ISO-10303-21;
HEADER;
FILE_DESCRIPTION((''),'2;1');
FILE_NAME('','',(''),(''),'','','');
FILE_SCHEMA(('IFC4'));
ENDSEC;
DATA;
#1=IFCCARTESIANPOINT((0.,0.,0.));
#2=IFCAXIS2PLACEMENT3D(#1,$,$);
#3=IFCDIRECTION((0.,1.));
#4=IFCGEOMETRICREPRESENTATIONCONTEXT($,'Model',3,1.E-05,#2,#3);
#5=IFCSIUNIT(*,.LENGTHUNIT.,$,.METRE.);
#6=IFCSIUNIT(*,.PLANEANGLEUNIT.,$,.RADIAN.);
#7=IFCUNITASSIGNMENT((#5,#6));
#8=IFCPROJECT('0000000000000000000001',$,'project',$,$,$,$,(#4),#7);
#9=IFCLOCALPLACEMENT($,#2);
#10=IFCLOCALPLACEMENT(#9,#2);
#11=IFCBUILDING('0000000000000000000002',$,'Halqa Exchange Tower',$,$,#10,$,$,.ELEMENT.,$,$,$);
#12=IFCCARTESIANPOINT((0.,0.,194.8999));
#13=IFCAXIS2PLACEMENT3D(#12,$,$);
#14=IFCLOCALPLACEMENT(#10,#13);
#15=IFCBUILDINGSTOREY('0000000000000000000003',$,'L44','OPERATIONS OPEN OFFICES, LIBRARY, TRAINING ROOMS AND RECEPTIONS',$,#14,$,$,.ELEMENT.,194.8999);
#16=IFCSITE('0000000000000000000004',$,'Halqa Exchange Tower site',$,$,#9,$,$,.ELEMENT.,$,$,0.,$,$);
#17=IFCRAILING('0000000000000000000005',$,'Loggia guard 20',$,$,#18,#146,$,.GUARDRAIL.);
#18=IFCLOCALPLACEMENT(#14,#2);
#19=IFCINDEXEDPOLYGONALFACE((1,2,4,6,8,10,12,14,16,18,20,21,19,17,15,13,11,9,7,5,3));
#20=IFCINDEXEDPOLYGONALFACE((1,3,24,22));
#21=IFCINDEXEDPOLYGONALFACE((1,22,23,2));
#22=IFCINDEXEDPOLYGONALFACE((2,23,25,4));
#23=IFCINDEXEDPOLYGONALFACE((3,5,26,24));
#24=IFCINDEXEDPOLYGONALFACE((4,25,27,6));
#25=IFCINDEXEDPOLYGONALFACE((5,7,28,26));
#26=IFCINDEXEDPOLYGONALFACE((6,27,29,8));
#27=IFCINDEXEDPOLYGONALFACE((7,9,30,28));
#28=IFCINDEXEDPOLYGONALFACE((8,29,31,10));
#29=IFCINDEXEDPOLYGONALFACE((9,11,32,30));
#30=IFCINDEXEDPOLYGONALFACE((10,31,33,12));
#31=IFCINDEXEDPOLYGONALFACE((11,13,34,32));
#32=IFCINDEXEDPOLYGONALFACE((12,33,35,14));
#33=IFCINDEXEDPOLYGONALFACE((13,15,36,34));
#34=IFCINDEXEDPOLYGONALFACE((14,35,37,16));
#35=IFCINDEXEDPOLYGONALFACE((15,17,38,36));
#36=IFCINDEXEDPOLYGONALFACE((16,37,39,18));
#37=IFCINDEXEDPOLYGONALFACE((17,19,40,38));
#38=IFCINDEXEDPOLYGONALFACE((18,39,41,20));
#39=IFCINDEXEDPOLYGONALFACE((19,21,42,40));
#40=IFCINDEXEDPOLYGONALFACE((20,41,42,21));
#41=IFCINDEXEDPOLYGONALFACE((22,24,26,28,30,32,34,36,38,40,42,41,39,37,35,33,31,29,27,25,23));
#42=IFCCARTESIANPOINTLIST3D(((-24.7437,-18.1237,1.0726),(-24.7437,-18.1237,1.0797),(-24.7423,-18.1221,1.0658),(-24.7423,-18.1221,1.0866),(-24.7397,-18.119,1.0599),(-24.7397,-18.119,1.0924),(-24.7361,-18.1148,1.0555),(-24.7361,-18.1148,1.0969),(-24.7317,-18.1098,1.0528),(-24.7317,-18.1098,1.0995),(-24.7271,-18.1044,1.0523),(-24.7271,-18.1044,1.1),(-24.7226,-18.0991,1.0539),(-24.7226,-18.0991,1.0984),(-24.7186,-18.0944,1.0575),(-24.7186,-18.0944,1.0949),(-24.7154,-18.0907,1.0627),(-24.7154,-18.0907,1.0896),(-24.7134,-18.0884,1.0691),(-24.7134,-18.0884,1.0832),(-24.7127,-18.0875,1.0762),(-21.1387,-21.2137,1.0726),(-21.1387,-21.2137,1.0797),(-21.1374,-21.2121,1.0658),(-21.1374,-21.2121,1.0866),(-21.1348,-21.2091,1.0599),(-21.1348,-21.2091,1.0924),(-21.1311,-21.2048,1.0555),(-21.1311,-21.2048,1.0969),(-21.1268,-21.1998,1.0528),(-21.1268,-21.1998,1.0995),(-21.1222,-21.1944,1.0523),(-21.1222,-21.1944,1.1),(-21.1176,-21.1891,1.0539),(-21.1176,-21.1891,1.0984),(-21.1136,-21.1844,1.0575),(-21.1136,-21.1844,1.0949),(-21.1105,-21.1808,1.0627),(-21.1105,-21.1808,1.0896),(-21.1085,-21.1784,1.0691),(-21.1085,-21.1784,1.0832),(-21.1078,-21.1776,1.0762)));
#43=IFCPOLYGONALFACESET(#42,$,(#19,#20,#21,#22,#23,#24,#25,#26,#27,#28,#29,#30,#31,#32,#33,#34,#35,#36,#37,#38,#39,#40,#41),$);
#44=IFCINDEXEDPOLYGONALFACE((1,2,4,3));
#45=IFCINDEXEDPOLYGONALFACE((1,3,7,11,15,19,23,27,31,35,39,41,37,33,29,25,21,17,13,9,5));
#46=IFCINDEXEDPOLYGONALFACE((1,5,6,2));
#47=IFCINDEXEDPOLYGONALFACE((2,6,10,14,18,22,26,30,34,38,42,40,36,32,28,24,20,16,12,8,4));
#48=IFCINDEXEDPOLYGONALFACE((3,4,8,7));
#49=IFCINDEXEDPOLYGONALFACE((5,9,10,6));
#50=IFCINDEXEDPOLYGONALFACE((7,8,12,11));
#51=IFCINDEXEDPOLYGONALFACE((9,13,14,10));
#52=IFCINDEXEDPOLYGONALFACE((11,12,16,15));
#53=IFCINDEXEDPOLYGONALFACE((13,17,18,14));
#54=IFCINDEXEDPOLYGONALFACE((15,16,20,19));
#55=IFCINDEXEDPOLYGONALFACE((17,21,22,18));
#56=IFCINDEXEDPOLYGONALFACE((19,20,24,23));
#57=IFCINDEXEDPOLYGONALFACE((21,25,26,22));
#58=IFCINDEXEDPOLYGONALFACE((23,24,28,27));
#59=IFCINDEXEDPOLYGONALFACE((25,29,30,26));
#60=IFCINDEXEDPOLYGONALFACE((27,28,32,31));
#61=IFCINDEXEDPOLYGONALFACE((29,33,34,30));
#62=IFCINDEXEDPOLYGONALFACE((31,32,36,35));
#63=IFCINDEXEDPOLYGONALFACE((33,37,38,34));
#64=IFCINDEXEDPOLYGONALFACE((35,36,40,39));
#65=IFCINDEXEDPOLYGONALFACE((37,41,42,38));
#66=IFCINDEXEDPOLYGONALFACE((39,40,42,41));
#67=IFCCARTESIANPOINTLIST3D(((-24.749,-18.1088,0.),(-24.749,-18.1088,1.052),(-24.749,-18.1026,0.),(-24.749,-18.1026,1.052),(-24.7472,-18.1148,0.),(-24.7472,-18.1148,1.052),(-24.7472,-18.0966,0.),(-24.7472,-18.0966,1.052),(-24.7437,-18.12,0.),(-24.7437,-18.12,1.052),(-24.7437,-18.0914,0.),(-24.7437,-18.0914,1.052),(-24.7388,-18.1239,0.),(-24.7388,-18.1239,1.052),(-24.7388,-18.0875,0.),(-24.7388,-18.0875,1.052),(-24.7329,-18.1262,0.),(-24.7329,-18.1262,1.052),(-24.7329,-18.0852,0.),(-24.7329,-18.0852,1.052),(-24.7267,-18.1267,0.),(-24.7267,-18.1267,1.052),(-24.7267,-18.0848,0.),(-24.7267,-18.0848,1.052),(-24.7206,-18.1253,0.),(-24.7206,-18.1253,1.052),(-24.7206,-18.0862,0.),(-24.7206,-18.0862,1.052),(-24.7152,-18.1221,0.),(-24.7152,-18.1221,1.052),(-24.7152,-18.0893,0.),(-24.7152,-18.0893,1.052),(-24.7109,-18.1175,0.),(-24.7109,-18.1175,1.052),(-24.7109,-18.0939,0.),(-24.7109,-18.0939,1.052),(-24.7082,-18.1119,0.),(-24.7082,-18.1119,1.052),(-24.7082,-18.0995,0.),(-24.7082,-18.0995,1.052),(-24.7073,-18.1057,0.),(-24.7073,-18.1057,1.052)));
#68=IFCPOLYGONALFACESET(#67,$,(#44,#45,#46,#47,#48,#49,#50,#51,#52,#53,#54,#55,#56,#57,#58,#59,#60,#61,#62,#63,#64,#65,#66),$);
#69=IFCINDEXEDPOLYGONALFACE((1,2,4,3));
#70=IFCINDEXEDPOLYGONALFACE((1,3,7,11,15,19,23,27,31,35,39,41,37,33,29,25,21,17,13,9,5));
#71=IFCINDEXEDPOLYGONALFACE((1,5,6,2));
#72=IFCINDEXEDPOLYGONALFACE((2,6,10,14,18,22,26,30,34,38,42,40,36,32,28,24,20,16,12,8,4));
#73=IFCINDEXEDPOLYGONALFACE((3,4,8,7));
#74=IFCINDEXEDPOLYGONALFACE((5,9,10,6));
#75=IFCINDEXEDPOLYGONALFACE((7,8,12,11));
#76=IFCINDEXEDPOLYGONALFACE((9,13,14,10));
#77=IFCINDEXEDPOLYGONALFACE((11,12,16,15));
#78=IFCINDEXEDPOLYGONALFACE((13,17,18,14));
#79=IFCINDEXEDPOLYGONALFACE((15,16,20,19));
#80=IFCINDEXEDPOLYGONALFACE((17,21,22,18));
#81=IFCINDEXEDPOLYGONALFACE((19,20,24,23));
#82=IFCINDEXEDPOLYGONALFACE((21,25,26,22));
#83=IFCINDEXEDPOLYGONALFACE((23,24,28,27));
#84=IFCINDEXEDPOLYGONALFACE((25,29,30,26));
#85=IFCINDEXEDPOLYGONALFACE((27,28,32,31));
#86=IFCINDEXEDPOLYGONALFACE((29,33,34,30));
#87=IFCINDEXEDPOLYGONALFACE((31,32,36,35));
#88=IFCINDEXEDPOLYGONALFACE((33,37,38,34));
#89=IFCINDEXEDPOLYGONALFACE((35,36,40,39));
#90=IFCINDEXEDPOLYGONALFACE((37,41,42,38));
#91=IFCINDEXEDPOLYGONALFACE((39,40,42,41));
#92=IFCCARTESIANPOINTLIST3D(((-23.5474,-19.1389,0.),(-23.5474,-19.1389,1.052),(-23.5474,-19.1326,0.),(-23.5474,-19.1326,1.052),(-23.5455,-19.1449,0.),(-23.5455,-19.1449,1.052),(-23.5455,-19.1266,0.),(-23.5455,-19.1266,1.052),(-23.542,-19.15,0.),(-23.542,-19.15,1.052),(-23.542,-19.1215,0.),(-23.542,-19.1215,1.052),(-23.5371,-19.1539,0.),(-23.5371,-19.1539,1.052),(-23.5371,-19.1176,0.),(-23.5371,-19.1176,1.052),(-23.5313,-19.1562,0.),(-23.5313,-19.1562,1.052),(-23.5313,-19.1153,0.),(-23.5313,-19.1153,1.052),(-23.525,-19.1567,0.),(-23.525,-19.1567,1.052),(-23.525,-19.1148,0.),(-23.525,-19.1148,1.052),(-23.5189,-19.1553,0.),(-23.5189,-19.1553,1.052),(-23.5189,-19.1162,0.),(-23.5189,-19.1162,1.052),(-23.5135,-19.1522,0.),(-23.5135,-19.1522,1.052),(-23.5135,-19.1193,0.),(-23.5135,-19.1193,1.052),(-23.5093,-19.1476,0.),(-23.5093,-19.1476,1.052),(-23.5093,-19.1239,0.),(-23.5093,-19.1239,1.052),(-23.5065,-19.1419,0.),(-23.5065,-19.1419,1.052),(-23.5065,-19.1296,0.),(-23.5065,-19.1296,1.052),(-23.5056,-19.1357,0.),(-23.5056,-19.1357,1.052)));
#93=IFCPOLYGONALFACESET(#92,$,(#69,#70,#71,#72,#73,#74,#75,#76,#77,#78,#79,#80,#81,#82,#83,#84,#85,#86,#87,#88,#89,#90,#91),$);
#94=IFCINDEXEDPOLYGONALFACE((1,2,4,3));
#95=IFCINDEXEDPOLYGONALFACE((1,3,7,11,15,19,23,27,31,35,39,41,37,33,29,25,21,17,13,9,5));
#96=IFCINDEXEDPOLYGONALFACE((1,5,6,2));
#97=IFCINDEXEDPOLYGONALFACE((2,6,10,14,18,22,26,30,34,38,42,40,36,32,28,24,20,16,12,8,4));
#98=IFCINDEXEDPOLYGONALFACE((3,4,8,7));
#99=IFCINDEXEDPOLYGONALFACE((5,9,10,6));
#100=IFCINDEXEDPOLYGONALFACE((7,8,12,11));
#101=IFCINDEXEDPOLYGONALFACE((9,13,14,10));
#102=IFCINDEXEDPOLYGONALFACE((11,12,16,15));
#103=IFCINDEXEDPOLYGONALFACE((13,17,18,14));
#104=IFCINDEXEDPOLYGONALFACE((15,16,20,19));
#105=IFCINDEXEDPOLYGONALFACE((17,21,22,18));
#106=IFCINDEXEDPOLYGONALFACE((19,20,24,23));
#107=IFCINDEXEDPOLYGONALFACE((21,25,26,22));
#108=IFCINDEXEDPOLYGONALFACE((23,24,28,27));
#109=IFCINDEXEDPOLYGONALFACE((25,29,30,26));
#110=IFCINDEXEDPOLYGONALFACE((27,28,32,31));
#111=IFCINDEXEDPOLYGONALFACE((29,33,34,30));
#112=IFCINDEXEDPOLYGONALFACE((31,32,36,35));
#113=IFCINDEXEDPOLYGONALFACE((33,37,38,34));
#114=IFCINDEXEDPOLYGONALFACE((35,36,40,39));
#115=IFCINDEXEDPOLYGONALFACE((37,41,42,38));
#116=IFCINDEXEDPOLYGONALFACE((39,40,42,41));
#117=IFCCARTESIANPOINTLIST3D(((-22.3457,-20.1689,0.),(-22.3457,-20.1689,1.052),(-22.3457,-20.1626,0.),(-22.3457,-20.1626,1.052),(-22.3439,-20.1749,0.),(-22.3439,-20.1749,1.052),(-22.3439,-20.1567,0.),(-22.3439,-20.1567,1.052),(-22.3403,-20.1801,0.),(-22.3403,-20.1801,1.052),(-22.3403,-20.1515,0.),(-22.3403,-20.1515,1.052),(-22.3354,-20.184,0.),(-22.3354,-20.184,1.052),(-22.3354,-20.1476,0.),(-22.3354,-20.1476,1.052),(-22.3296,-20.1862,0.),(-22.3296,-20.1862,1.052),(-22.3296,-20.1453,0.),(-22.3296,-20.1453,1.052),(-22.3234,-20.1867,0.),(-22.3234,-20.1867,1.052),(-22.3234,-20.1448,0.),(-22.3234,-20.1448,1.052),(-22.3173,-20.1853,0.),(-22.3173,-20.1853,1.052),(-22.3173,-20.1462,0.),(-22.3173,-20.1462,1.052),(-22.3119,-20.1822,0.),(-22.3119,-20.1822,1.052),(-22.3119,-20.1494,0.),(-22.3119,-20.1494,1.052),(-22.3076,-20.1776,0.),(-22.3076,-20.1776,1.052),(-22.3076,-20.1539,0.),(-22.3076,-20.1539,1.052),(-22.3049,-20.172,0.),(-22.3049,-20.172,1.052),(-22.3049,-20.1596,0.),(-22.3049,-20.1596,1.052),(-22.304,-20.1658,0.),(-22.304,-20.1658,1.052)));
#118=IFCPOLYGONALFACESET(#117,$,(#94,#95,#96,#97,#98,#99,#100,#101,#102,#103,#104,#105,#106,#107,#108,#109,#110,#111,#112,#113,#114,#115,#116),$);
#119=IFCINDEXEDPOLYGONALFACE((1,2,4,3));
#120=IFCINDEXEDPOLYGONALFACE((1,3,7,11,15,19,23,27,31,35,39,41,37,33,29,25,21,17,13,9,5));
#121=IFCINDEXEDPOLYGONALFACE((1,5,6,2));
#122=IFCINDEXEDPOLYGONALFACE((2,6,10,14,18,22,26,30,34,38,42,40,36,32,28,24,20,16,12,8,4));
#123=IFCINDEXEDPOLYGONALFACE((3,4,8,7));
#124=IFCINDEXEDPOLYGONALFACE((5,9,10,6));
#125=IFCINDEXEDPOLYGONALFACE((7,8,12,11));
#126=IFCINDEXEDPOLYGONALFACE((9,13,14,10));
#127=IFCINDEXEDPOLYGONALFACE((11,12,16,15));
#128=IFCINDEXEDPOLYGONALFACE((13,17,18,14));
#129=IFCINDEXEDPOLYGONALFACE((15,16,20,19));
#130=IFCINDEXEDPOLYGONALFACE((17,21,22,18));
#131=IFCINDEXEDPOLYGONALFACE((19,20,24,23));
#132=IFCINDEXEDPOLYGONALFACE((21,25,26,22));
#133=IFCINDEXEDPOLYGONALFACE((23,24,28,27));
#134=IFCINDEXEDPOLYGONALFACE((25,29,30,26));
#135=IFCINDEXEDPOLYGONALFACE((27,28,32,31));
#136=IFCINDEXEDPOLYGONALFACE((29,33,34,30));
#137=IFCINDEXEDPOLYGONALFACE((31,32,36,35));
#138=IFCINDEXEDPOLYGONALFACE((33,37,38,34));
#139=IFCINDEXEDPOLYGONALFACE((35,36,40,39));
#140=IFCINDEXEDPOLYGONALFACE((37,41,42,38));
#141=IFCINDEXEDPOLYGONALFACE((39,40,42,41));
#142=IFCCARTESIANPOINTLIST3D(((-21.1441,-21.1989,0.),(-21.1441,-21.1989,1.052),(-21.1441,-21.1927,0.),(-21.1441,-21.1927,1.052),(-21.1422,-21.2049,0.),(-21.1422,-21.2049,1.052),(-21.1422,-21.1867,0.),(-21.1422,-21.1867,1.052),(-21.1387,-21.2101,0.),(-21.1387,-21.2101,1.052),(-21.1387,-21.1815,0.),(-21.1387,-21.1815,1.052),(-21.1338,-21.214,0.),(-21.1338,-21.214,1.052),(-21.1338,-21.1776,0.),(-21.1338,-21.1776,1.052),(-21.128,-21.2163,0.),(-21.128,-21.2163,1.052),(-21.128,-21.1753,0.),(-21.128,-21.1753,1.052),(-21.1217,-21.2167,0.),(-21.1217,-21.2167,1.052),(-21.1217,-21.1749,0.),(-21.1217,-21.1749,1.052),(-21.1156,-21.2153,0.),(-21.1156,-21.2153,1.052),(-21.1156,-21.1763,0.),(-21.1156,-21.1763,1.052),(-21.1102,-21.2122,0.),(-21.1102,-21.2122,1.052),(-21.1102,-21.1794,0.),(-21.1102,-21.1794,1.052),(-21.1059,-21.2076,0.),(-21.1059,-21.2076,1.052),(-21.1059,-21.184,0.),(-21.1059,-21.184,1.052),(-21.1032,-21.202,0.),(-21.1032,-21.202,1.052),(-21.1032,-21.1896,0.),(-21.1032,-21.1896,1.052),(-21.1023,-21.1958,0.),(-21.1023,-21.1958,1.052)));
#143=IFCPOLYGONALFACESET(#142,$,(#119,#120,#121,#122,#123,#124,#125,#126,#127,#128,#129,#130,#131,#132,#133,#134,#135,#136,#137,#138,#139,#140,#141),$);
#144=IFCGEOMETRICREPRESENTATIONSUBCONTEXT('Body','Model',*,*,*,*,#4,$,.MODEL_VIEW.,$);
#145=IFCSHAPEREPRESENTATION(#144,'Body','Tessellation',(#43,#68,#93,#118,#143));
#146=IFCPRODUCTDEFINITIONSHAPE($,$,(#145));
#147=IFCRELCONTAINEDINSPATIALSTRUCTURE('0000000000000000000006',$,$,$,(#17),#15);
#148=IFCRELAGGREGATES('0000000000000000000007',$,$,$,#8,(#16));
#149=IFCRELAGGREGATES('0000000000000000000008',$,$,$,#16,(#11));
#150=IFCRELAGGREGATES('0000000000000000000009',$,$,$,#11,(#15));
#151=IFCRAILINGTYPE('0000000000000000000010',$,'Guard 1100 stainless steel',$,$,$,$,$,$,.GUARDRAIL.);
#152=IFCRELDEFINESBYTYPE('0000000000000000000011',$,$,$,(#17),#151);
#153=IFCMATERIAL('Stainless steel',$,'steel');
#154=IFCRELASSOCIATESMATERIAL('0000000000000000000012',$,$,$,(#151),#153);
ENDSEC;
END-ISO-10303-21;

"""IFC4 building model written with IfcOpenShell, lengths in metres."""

from ifc_helpers import new_model, si_unit, direction, frame, origin, origin_2d, place, context, subcontext, project, spatial, circle, extrude, material, type_object, element, save


model = new_model("IFC4")

# Units and contexts
model_context = context("Model", 3, precision=1e-05, world=origin(), true_north=direction((0.0, 1.0)))
body_context = subcontext(model_context, "Body", "Model", "MODEL_VIEW")
ifc_project = project(units=[si_unit("LENGTHUNIT", "METRE"), si_unit("PLANEANGLEUNIT", "RADIAN")], contexts=[model_context])

# Site, building, storey
site_placement = place(None, origin())
site = spatial("IfcSite", under=ifc_project, at=site_placement, Name="Halqa Exchange Tower site", CompositionType="ELEMENT", RefElevation=0.0)
building_placement = place(site_placement, origin())
building = spatial("IfcBuilding", under=site, at=building_placement, Name="Halqa Exchange Tower", CompositionType="ELEMENT")
storey_placement = place(building_placement, frame((0.0, 0.0, 194.8999)))
storey = spatial("IfcBuildingStorey", under=building, at=storey_placement, Name="L44", Description="OPERATIONS OPEN OFFICES, LIBRARY, TRAINING ROOMS AND RECEPTIONS", CompositionType="ELEMENT", Elevation=194.8999)

# Railing
ifc_material_1 = material(Name="Stainless steel", Category="steel")
railing_type = type_object("IfcRailingType", Name="Guard 1100 stainless steel", PredefinedType="GUARDRAIL", material=ifc_material_1)
railing_1_placement = place(storey_placement, frame((-24.7283, -18.1057, 0.0)))
element("IfcRailing", 1, at=railing_1_placement, inside=storey, type_object=railing_type, Name="Loggia guard 20", PredefinedType="GUARDRAIL", context=body_context, shape_type="SweptSolid", body=[
    extrude(circle(Radius=0.0239, at=origin_2d()), frame((0.0, 0.0, 1.0762), z_axis=(0.759246, -0.650804, 0.0), x_axis=(0.650804, 0.759246, 0.0)), (0.0, 0.0, 1.0), 4.748),
    extrude(circle(Radius=0.021, at=origin_2d()), origin(), (0.0, 0.0, 1.0), 1.052),
    extrude(circle(Radius=0.021, at=origin_2d()), frame((1.2017, -1.03, 0.0)), (0.0, 0.0, 1.0), 1.052),
    extrude(circle(Radius=0.021, at=origin_2d()), frame((2.4033, -2.0601, 0.0)), (0.0, 0.0, 1.0), 1.052),
    extrude(circle(Radius=0.021, at=origin_2d()), frame((3.605, -3.0901, 0.0)), (0.0, 0.0, 1.0), 1.052),
])

save(model, "model.ifc")
